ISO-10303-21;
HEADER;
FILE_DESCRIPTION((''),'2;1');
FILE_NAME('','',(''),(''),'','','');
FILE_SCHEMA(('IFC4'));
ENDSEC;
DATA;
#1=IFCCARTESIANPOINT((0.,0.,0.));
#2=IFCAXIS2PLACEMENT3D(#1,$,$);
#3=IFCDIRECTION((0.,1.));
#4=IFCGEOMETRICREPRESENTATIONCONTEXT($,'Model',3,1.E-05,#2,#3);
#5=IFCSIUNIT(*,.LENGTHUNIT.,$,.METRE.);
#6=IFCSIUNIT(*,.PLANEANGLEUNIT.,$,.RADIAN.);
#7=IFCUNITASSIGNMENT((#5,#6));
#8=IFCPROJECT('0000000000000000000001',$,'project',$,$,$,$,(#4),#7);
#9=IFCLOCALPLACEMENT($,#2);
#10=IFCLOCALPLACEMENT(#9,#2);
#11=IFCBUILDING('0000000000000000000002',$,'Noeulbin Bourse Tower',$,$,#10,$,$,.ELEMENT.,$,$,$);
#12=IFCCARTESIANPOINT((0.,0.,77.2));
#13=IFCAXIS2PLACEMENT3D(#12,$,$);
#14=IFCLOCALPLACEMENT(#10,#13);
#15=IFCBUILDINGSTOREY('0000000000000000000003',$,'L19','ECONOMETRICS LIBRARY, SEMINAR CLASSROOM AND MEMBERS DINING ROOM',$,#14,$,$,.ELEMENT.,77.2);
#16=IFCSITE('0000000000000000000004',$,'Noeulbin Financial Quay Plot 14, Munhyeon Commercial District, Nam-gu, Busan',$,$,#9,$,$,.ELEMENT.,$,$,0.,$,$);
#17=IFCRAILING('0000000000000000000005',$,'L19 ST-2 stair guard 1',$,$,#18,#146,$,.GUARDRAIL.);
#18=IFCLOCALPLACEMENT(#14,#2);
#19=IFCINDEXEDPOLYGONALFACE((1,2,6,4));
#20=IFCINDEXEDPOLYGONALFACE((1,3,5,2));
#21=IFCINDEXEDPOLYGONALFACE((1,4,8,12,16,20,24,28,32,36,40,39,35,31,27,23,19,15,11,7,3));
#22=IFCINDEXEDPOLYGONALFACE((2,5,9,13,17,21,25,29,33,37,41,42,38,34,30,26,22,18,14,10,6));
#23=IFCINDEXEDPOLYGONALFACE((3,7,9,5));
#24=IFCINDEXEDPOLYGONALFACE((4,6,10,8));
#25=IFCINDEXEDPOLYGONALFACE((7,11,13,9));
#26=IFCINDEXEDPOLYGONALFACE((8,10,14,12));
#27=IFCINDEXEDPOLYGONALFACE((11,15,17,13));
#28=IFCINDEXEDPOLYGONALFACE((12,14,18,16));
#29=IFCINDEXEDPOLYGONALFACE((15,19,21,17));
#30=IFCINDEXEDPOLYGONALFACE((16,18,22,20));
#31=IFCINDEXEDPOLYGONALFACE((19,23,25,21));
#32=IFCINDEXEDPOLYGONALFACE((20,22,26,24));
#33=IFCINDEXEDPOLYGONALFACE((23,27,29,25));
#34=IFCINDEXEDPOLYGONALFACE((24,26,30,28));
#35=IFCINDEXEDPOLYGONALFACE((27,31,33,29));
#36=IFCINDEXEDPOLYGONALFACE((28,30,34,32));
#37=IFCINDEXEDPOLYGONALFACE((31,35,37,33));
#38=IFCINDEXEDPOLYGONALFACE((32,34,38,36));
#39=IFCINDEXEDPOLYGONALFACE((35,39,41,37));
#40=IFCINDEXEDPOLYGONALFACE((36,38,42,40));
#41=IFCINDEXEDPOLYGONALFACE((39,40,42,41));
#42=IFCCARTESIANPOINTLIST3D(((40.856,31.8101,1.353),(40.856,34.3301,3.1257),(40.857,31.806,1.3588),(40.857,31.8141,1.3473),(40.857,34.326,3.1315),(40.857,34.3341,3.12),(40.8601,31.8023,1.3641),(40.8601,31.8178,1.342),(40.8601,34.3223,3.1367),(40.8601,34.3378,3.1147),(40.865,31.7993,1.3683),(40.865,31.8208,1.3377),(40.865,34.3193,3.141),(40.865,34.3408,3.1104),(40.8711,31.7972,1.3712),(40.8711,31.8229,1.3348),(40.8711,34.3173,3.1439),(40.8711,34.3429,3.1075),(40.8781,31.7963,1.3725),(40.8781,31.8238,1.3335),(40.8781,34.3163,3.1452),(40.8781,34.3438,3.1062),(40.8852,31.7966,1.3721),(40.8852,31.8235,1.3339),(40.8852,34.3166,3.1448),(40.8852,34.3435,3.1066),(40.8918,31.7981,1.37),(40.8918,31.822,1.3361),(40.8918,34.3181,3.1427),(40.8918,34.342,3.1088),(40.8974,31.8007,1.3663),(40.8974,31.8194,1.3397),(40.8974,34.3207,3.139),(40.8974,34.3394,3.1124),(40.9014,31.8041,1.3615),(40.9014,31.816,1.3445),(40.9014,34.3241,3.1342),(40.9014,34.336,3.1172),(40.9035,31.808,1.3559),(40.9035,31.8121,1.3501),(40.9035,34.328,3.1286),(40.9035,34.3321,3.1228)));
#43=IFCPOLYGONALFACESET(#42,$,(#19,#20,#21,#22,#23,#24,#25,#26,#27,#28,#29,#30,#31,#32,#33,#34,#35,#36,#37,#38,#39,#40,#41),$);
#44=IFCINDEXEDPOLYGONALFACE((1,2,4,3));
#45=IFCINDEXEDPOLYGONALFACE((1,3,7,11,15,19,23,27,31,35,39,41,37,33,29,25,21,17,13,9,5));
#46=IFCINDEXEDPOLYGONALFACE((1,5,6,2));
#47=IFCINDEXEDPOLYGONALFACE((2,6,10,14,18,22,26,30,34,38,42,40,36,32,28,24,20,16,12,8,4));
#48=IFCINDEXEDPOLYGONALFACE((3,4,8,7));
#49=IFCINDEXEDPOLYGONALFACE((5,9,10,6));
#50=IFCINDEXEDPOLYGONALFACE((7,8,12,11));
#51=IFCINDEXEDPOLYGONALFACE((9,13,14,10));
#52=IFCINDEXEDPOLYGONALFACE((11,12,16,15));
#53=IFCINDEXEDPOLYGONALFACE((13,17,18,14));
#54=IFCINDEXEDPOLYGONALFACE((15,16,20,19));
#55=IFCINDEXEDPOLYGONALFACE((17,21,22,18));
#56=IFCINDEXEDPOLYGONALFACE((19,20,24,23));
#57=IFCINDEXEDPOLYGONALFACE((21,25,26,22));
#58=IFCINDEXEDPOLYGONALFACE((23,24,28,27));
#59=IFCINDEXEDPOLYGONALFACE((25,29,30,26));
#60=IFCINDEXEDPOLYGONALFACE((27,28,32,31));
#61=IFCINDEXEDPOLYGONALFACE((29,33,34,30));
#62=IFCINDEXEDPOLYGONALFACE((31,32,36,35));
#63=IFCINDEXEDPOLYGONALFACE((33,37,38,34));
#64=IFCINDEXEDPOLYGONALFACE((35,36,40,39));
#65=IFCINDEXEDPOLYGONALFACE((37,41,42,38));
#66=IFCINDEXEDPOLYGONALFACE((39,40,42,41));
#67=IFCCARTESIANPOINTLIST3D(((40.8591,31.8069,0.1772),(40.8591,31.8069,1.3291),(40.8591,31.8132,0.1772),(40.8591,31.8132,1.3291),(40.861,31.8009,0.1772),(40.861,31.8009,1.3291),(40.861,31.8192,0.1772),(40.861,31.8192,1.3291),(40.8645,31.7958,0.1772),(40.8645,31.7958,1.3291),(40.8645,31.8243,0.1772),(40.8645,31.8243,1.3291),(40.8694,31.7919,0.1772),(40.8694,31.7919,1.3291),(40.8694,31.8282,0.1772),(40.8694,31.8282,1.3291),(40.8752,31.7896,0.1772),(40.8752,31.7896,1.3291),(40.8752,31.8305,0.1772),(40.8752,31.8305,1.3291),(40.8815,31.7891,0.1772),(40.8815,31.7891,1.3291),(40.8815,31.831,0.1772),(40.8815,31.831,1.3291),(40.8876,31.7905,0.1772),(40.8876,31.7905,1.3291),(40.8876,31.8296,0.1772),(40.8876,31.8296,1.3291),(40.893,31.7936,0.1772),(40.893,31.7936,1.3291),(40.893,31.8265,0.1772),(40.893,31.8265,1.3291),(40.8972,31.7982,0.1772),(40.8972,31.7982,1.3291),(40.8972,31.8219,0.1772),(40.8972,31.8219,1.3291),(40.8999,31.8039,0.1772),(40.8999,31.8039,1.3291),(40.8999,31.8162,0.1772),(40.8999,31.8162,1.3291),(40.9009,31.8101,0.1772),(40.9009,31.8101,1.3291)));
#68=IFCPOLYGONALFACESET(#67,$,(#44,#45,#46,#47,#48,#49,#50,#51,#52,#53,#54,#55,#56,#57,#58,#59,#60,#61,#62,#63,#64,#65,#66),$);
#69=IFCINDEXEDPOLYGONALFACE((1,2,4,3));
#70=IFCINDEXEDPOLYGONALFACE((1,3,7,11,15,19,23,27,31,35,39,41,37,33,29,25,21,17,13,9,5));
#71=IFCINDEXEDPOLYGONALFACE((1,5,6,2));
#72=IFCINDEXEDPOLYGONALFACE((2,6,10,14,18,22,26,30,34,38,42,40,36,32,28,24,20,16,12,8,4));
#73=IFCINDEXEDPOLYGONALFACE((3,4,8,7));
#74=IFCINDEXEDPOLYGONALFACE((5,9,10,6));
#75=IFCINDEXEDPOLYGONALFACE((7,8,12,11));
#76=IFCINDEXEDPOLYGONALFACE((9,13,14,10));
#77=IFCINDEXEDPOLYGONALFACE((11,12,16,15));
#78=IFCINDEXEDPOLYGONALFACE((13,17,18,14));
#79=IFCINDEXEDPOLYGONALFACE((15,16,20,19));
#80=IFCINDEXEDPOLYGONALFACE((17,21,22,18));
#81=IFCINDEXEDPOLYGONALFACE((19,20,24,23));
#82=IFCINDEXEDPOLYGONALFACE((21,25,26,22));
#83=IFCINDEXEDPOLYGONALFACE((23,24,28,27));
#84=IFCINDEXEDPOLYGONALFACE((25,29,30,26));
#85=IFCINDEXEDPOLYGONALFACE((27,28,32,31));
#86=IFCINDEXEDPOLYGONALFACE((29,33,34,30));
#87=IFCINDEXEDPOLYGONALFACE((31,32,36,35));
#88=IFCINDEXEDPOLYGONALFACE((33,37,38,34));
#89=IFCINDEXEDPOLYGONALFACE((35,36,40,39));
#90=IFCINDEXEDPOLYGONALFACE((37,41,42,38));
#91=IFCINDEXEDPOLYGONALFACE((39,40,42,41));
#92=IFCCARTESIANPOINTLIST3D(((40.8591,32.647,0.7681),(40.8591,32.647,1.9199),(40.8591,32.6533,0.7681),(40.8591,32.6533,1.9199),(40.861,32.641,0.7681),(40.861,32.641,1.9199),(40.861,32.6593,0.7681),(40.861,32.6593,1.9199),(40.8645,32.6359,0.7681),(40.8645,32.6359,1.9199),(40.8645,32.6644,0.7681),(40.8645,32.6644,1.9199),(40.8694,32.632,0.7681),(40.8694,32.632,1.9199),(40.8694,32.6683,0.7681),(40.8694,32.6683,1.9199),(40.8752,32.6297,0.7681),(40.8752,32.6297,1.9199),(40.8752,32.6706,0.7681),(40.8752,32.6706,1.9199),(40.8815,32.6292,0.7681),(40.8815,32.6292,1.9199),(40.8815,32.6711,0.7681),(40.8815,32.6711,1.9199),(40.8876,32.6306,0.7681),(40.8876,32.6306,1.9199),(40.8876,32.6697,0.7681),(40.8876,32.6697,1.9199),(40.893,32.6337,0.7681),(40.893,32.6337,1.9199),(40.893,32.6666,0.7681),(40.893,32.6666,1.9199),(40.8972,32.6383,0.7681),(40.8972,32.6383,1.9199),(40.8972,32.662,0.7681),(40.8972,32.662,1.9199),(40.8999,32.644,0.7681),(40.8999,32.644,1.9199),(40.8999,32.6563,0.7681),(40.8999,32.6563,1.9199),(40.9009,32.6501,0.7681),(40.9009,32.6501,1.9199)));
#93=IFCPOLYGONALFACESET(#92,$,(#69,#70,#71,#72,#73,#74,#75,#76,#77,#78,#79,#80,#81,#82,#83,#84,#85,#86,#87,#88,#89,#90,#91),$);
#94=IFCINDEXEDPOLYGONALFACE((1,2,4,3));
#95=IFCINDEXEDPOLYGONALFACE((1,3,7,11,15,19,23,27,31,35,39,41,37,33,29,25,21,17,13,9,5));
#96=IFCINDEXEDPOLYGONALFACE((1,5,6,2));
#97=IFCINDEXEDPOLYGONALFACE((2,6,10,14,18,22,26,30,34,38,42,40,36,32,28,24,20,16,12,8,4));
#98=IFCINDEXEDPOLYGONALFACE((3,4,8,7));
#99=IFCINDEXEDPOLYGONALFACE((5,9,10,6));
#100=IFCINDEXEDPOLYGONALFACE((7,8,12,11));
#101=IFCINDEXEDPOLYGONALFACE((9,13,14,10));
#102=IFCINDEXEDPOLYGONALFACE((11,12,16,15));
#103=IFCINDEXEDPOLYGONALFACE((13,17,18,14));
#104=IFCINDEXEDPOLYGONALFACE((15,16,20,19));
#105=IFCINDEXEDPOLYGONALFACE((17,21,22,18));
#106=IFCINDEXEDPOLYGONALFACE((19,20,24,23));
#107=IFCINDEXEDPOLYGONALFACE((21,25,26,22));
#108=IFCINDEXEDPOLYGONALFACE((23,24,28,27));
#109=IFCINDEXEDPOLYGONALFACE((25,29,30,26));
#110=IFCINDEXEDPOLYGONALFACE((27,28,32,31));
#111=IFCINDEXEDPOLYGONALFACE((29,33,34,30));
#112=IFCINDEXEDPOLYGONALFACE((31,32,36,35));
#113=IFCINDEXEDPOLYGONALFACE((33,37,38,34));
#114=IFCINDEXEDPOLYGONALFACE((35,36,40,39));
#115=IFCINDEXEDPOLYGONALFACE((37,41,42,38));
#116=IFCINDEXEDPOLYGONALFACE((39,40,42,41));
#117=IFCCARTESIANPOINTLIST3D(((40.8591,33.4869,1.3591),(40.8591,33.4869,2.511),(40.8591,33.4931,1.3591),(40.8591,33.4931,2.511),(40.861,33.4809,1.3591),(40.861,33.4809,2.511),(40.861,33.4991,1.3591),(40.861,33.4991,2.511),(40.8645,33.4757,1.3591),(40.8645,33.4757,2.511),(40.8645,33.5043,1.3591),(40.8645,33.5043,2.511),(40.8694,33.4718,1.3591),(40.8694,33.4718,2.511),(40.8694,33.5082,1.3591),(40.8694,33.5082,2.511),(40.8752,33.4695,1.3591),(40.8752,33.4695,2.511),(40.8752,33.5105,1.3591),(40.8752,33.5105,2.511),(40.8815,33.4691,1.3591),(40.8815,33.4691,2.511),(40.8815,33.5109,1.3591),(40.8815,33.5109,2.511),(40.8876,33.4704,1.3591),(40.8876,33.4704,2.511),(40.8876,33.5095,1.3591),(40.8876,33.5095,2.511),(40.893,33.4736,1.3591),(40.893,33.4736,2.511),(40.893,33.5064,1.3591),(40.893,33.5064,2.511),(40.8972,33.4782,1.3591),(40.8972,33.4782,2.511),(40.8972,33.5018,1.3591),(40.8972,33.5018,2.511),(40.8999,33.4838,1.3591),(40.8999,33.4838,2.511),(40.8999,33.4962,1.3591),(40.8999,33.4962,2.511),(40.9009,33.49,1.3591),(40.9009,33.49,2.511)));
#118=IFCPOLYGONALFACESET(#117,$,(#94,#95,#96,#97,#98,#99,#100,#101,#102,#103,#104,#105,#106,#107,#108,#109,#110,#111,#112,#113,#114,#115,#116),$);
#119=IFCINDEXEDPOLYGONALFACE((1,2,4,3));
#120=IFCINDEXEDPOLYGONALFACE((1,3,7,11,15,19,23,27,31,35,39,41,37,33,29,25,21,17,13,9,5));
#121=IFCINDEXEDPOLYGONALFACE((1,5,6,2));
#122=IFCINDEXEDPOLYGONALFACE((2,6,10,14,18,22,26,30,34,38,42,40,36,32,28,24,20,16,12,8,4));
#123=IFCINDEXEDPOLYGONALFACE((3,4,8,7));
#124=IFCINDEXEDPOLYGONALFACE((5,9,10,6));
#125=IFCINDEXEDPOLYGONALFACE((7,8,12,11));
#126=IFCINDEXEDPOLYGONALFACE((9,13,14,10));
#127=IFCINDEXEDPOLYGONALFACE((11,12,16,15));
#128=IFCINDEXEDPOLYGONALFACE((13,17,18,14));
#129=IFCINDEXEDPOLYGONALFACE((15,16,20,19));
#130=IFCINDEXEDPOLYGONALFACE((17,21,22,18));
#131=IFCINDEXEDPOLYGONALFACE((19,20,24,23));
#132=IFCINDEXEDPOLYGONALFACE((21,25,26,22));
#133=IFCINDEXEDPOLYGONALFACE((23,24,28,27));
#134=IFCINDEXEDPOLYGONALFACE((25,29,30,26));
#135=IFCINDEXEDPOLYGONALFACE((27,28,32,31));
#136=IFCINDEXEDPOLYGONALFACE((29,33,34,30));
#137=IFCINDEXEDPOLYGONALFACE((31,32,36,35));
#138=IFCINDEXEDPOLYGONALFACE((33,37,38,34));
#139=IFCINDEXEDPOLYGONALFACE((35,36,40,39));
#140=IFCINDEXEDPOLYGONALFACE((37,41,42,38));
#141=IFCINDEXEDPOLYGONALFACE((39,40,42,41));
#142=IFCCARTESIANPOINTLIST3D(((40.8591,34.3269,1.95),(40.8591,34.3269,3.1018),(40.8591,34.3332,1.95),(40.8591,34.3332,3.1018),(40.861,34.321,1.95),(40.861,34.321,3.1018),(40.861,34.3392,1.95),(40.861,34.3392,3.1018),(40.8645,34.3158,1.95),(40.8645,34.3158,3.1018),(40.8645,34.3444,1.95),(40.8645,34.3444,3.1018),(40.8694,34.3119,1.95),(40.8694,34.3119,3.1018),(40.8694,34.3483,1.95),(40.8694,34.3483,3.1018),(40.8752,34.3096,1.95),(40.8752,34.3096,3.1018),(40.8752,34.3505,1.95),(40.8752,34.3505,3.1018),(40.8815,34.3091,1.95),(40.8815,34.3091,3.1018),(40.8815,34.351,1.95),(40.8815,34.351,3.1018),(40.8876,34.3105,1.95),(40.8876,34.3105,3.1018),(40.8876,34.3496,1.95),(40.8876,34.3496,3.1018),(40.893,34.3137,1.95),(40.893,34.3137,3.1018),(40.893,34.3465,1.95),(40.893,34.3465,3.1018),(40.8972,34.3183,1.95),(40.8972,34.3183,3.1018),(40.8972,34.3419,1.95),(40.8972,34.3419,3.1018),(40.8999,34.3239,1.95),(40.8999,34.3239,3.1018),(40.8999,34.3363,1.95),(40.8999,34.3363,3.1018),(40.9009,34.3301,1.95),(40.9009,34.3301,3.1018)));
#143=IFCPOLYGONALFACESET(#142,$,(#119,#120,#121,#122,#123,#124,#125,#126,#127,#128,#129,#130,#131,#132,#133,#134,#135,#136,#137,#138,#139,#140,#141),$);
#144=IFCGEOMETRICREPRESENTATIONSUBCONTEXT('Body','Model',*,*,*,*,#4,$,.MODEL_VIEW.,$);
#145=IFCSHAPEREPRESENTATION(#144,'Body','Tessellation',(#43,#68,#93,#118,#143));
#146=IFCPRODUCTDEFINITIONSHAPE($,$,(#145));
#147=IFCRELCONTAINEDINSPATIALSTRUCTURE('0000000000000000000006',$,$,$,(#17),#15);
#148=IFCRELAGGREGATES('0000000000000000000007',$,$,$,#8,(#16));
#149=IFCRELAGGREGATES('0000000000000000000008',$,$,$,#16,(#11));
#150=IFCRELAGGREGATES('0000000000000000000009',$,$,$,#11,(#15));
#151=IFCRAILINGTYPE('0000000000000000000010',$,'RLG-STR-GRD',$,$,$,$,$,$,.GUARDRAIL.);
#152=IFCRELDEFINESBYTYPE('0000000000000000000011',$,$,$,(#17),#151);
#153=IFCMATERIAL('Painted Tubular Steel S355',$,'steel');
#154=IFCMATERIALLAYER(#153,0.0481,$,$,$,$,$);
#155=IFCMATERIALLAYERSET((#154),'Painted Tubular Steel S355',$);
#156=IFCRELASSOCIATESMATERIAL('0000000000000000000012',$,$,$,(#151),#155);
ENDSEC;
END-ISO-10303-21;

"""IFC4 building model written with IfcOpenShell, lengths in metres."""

from ifc_helpers import new_model, si_unit, direction, frame, origin, origin_2d, place, context, subcontext, project, spatial, circle, extrude, material, layer, layer_set, type_object, element, save


model = new_model("IFC4")

# Units and contexts
model_context = context("Model", 3, precision=1e-05, world=origin(), true_north=direction((0.0, 1.0)))
body_context = subcontext(model_context, "Body", "Model", "MODEL_VIEW")
ifc_project = project(units=[si_unit("LENGTHUNIT", "METRE"), si_unit("PLANEANGLEUNIT", "RADIAN")], contexts=[model_context])

# Site, building, storey
site_placement = place(None, origin())
site = spatial("IfcSite", under=ifc_project, at=site_placement, Name="Noeulbin Financial Quay Plot 14, Munhyeon Commercial District, Nam-gu, Busan", CompositionType="ELEMENT", RefElevation=0.0)
building_placement = place(site_placement, origin())
building = spatial("IfcBuilding", under=site, at=building_placement, Name="Noeulbin Bourse Tower", CompositionType="ELEMENT")
storey_placement = place(building_placement, frame((0.0, 0.0, 77.2)))
storey = spatial("IfcBuildingStorey", under=building, at=storey_placement, Name="L19", Description="ECONOMETRICS LIBRARY, SEMINAR CLASSROOM AND MEMBERS DINING ROOM", CompositionType="ELEMENT", Elevation=77.2)

# Railing
ifc_material_1 = material(Name="Painted Tubular Steel S355", Category="steel")
ifc_layer_1 = layer(ifc_material_1, 0.0481)
ifc_layer_set_1 = layer_set([ifc_layer_1], Name="Painted Tubular Steel S355")
railing_type_1 = type_object("IfcRailingType", Name="RLG-STR-GRD", PredefinedType="GUARDRAIL", material=ifc_layer_set_1)
railing_1_placement = place(storey_placement, frame((40.8799, 31.8101, 0.1772)))
element("IfcRailing", 1, at=railing_1_placement, inside=storey, type_object=railing_type_1, Name="L19 ST-2 stair guard 1", PredefinedType="GUARDRAIL", context=body_context, shape_type="SweptSolid", body=[
    extrude(circle(Radius=0.0239, at=origin_2d()), frame((0.0, 0.0, 1.1758), z_axis=(0.0, 0.817904, 0.575354), x_axis=(-1.0, 0.0, 0.0)), (0.0, 0.0, 1.0), 3.0811),
    extrude(circle(Radius=0.021, at=origin_2d()), origin(), (0.0, 0.0, 1.0), 1.1519),
    extrude(circle(Radius=0.021, at=origin_2d()), frame((0.0, 0.8401, 0.5908)), (0.0, 0.0, 1.0), 1.1519),
    extrude(circle(Radius=0.021, at=origin_2d()), frame((0.0, 1.6799, 1.1819)), (0.0, 0.0, 1.0), 1.1519),
    extrude(circle(Radius=0.021, at=origin_2d()), frame((0.0, 2.52, 1.7727)), (0.0, 0.0, 1.0), 1.1519),
])

save(model, "model.ifc")
